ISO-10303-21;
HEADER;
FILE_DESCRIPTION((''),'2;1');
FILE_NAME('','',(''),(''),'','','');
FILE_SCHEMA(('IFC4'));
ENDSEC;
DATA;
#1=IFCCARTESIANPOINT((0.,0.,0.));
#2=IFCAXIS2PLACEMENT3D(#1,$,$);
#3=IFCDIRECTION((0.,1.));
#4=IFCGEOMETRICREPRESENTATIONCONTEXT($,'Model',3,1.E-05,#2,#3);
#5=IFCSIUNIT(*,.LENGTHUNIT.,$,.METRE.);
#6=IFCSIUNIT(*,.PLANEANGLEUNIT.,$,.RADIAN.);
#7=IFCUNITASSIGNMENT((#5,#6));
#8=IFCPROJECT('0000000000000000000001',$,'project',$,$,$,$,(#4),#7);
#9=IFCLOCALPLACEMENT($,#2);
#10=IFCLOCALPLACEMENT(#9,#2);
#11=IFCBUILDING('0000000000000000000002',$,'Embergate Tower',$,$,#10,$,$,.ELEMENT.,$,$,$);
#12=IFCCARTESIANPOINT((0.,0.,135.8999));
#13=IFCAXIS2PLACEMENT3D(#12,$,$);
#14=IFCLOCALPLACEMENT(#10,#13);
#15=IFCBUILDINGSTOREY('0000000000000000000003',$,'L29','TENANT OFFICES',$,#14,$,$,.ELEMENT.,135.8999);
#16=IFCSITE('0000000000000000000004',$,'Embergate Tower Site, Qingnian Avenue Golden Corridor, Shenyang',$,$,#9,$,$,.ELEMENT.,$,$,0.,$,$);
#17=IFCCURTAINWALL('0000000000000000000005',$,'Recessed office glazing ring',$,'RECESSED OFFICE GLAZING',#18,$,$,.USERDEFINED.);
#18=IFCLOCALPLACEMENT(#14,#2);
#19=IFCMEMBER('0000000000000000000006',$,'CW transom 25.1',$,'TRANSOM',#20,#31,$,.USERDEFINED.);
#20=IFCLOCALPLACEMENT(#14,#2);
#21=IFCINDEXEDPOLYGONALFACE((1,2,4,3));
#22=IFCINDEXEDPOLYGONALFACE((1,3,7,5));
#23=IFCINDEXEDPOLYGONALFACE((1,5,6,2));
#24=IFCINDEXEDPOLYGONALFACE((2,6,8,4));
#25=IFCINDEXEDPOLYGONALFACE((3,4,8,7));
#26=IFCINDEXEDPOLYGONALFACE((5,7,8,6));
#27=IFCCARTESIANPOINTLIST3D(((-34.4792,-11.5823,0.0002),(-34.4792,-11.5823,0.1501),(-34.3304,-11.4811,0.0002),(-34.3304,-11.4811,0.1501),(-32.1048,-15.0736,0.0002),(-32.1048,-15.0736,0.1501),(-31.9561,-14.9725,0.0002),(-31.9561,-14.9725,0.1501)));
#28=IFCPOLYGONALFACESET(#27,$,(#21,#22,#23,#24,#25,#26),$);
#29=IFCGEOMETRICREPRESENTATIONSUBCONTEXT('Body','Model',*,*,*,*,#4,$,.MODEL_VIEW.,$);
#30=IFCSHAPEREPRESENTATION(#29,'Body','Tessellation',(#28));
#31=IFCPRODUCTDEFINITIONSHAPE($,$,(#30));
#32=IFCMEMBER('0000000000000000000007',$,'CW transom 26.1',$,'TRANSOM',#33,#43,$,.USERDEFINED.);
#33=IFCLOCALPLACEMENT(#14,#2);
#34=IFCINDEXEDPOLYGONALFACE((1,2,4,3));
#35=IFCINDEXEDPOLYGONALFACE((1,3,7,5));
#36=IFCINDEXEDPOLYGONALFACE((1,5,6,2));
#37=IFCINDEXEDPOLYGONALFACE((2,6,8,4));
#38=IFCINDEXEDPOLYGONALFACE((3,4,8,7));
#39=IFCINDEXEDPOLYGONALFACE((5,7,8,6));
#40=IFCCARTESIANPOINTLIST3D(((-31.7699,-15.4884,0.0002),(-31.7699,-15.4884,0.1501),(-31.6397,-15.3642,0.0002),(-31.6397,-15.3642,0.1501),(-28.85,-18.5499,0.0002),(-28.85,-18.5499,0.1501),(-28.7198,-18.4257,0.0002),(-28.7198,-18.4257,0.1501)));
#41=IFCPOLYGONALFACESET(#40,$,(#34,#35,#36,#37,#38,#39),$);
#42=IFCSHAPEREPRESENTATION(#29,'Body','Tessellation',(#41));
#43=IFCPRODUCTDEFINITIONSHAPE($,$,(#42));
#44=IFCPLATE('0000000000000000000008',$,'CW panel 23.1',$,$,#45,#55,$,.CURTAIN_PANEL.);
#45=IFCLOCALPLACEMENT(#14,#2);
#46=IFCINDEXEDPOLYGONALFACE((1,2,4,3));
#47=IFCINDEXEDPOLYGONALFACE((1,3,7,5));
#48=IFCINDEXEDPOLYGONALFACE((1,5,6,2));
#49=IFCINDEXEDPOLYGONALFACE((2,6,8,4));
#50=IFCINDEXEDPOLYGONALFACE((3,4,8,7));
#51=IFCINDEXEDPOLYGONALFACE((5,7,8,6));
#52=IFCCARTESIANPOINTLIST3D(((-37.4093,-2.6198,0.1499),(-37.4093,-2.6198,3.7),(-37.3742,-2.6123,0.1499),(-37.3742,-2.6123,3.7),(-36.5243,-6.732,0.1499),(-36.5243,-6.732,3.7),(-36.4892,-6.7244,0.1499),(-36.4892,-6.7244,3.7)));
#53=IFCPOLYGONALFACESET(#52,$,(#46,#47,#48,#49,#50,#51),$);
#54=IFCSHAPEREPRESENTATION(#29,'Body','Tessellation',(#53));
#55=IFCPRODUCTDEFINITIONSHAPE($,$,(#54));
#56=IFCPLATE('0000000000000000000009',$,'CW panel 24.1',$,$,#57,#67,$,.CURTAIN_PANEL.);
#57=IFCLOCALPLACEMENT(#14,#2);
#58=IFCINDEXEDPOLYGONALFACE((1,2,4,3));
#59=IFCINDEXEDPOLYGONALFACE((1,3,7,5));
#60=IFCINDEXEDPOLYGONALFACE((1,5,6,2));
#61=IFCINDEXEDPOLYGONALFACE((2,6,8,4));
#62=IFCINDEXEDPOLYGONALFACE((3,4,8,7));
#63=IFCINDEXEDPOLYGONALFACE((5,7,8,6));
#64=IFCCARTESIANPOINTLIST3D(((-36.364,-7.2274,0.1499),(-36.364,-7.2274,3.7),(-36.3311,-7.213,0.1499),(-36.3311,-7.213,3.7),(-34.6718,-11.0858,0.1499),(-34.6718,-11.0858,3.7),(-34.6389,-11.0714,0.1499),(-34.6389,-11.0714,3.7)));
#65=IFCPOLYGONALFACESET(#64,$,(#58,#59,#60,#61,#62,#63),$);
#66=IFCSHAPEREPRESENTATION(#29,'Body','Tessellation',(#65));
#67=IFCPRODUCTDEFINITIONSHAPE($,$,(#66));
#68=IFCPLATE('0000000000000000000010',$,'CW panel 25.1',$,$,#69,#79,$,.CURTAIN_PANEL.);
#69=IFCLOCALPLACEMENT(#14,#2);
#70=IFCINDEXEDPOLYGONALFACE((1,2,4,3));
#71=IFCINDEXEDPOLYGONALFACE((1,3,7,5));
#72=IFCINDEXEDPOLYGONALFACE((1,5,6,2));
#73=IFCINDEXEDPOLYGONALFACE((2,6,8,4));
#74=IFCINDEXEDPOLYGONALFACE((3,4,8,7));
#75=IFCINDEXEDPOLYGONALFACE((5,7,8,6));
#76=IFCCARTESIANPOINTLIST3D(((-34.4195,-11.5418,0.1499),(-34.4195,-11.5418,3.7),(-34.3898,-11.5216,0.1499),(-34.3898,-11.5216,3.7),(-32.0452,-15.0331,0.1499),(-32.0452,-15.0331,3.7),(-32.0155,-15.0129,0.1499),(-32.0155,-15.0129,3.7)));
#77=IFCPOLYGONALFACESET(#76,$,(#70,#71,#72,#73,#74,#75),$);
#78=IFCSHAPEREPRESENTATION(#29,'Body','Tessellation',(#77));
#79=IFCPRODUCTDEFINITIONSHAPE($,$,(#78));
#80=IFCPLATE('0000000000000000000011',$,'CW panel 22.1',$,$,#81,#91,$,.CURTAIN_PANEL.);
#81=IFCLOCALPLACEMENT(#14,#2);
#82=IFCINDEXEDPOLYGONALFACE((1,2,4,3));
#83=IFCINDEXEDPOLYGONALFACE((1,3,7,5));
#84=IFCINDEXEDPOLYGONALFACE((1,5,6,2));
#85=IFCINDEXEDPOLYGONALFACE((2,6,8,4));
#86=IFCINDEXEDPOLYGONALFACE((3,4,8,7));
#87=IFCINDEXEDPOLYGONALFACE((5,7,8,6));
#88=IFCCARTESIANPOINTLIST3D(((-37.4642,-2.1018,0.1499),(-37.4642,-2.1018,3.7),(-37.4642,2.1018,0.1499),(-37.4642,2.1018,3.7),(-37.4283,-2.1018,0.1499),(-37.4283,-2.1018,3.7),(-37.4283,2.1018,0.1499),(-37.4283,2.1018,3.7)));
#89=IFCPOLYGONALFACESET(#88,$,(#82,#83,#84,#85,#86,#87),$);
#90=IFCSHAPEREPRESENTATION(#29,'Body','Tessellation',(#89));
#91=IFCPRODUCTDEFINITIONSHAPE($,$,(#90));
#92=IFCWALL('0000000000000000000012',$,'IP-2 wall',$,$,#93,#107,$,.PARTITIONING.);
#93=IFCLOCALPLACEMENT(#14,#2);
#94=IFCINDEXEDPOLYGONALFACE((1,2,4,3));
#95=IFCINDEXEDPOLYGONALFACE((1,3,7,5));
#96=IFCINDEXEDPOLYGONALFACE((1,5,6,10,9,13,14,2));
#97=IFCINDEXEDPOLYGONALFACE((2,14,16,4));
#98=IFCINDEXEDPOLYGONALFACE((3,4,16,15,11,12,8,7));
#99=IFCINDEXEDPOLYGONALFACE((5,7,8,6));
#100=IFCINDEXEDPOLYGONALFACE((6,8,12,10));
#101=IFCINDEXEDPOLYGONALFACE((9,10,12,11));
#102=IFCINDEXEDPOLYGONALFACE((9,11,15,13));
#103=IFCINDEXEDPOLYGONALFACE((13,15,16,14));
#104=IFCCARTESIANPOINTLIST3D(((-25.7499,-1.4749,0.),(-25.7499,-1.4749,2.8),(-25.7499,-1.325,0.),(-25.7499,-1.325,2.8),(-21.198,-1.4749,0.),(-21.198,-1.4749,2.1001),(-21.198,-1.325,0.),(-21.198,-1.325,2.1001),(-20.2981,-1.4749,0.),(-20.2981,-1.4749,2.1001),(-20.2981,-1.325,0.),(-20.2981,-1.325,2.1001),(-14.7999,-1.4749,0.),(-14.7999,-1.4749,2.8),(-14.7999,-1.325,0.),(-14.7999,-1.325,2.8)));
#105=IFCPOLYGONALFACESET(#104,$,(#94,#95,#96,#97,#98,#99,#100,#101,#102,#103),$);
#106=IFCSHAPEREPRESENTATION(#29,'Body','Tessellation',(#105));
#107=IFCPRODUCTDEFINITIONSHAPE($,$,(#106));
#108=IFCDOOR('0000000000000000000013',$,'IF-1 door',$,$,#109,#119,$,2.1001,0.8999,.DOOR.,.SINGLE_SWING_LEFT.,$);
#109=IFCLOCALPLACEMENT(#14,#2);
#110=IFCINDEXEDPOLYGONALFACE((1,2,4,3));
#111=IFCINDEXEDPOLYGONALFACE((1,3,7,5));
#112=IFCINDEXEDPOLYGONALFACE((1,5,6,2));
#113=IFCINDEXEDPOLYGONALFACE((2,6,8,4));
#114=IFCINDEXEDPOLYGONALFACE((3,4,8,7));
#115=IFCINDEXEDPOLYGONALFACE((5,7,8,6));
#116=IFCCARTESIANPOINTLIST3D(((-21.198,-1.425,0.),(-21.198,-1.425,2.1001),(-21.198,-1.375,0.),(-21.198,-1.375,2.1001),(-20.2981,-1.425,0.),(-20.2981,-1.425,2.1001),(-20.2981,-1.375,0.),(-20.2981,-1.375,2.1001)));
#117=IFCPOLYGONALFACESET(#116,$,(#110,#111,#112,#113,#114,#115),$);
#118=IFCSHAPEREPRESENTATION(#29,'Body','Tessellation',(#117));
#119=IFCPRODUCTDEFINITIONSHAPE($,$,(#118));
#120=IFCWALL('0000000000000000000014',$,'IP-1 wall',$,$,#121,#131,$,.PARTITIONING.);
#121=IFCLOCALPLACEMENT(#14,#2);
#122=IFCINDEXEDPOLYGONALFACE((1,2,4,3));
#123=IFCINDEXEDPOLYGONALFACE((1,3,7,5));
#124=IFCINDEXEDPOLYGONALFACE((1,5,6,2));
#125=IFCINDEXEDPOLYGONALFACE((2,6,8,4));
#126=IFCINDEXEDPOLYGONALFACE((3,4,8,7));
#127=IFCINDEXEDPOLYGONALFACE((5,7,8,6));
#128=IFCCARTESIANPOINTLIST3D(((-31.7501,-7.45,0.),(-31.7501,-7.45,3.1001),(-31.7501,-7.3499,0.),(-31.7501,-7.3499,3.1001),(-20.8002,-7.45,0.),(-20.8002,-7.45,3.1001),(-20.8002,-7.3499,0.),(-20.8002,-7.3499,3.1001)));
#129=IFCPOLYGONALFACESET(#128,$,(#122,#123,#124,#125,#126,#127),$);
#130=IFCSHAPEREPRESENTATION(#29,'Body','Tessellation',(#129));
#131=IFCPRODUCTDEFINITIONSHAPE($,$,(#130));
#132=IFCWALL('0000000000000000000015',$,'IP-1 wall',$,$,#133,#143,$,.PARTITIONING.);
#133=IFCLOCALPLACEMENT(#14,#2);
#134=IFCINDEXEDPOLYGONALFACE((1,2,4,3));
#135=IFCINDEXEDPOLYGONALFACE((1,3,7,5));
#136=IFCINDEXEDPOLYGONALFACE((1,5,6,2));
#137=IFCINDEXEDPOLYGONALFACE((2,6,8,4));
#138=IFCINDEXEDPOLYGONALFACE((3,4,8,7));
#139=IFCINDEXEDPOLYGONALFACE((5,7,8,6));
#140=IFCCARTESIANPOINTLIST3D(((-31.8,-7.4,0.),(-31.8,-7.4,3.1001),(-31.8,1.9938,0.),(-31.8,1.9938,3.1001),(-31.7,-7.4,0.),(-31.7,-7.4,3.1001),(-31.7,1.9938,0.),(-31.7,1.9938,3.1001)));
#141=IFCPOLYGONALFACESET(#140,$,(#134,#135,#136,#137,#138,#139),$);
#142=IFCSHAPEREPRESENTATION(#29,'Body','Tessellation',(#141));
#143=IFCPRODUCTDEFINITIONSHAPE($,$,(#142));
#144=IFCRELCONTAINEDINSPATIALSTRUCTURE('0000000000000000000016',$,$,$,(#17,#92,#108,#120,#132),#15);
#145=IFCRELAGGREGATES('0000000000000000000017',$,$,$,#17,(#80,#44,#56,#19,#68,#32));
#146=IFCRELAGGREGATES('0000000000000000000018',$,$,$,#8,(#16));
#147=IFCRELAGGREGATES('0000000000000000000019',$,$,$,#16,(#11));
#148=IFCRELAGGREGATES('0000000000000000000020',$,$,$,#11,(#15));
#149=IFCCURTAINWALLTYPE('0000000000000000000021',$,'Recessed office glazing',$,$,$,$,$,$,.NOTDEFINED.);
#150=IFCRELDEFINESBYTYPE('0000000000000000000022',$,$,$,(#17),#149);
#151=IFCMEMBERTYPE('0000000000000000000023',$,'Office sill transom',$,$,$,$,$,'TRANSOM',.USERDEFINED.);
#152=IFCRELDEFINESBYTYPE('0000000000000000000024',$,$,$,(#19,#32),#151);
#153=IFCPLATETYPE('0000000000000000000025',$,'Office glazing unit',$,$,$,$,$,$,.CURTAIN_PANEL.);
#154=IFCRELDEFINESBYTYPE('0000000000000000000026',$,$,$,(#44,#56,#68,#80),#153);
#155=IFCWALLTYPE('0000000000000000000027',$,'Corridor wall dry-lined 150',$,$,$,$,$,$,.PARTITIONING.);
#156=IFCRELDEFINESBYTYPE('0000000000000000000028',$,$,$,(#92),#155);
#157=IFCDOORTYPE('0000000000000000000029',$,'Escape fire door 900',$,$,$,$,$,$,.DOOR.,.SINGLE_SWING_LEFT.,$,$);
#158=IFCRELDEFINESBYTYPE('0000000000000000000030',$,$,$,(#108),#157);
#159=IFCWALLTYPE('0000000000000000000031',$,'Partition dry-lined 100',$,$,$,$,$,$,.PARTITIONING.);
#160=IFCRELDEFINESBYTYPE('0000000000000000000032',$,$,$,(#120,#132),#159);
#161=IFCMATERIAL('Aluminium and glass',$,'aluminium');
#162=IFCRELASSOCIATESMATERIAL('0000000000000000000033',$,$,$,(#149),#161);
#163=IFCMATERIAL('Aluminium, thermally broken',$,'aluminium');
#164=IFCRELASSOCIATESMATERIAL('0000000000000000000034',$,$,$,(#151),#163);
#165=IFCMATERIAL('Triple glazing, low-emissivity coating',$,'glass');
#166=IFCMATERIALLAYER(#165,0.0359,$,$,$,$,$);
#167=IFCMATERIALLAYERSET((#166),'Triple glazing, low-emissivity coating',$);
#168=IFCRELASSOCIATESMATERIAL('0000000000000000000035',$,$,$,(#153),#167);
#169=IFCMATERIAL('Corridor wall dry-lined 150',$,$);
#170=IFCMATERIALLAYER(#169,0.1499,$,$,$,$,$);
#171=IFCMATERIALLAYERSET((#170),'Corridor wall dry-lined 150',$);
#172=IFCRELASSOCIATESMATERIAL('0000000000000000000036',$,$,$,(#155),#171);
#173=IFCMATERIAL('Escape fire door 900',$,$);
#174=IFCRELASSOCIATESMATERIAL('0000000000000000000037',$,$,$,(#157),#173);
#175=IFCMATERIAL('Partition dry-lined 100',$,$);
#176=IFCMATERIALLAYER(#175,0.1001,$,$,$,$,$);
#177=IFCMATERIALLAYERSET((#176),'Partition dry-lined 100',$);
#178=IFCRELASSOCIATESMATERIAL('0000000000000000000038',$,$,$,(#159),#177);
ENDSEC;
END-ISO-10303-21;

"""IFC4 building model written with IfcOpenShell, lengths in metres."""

from ifc_helpers import new_model, si_unit, direction, frame, frame_2d, origin, origin_2d, place, context, subcontext, project, spatial, rectangle, extrude, source, transform, mapped, material, layer, layer_set, material_profile, profile_set, type_object, element, fill, aggregate, save


model = new_model("IFC4")

# Units and contexts
model_context = context("Model", 3, precision=1e-05, world=origin(), true_north=direction((0.0, 1.0)))
body_context = subcontext(model_context, "Body", "Model", "MODEL_VIEW")
ifc_project = project(units=[si_unit("LENGTHUNIT", "METRE"), si_unit("PLANEANGLEUNIT", "RADIAN")], contexts=[model_context])

# Site, building, storey
site_placement = place(None, origin())
site = spatial("IfcSite", under=ifc_project, at=site_placement, Name="Embergate Tower Site, Qingnian Avenue Golden Corridor, Shenyang", CompositionType="ELEMENT", RefElevation=0.0)
building_placement = place(site_placement, origin())
building = spatial("IfcBuilding", under=site, at=building_placement, Name="Embergate Tower", CompositionType="ELEMENT")
storey_placement = place(building_placement, frame((0.0, 0.0, 135.8999)))
storey = spatial("IfcBuildingStorey", under=building, at=storey_placement, Name="L29", Description="TENANT OFFICES", CompositionType="ELEMENT", Elevation=135.8999)

# Curtain wall, members, plates
ifc_material_1 = material(Name="Aluminium and glass", Category="aluminium")
curtain_wall_type = type_object("IfcCurtainWallType", Name="Recessed office glazing", PredefinedType="NOTDEFINED", material=ifc_material_1)
curtain_wall_placement = place(storey_placement, origin())
curtain_wall = element("IfcCurtainWall", 1, at=curtain_wall_placement, inside=storey, type_object=curtain_wall_type, Name="Recessed office glazing ring", ObjectType="RECESSED OFFICE GLAZING", PredefinedType="USERDEFINED")
ifc_material_2 = material(Name="Aluminium, thermally broken", Category="aluminium")
ifc_material_profile_1 = material_profile(ifc_material_2, rectangle(XDim=0.1799, YDim=0.1499, at=origin_2d()), Name="AL 150x180")
ifc_profile_set_1 = profile_set([ifc_material_profile_1], Name="Aluminium, thermally broken")
member_type_1 = type_object("IfcMemberType", Name="Office sill transom", ElementType="TRANSOM", PredefinedType="USERDEFINED", material=ifc_profile_set_1)
shared_shape_1 = source(origin(), body_context, "Body", "SweptSolid", [
    extrude(rectangle(XDim=0.1799, YDim=0.1499, at=origin_2d()), origin(), (0.0, 0.0, 1.0), 4.2222),
])
member_1_placement = place(storey_placement, frame((-34.4048, -11.5317, 0.0752), z_axis=(0.56235, -0.8269, 0.0), x_axis=(0.8269, 0.56235, 0.0)))
member_1 = element("IfcMember", 2, at=member_1_placement, type_object=member_type_1, Name="CW transom 25.1", ObjectType="TRANSOM", PredefinedType="USERDEFINED", context=body_context, shape_type="MappedRepresentation", body=[
    mapped(shared_shape_1, transform((0.0, 0.0, 0.0))),
])
shared_shape_2 = source(origin(), body_context, "Body", "SweptSolid", [
    extrude(rectangle(XDim=0.1799, YDim=0.1499, at=origin_2d()), origin(), (0.0, 0.0, 1.0), 4.2307),
])
member_2_placement = place(storey_placement, frame((-31.7048, -15.4263, 0.0752), z_axis=(0.690174, -0.723644, 0.0), x_axis=(0.723644, 0.690174, 0.0)))
member_2 = element("IfcMember", 3, at=member_2_placement, type_object=member_type_1, Name="CW transom 26.1", ObjectType="TRANSOM", PredefinedType="USERDEFINED", context=body_context, shape_type="MappedRepresentation", body=[
    mapped(shared_shape_2, transform((0.0, 0.0, 0.0))),
])
ifc_material_3 = material(Name="Triple glazing, low-emissivity coating", Category="glass")
ifc_layer_1 = layer(ifc_material_3, 0.0359)
ifc_layer_set_1 = layer_set([ifc_layer_1], Name="Triple glazing, low-emissivity coating")
plate_type = type_object("IfcPlateType", Name="Office glazing unit", PredefinedType="CURTAIN_PANEL", material=ifc_layer_set_1)
shared_shape_3 = source(origin(), body_context, "Body", "SweptSolid", [
    extrude(rectangle(XDim=4.2063, YDim=0.0359, at=origin_2d()), origin(), (0.0, 0.0, 1.0), 3.55),
])
plate_1_placement = place(storey_placement, frame((-36.9492, -4.6721, 0.1499), z_axis=(0.0, 0.0, 1.0), x_axis=(0.210398, -0.977616, 0.0)))
plate_1 = element("IfcPlate", 4, at=plate_1_placement, type_object=plate_type, Name="CW panel 23.1", PredefinedType="CURTAIN_PANEL", context=body_context, shape_type="MappedRepresentation", body=[
    mapped(shared_shape_3, transform((0.0, 0.0, 0.0))),
])
shared_shape_4 = source(origin(), body_context, "Body", "SweptSolid", [
    extrude(rectangle(XDim=4.2131, YDim=0.0359, at=origin_2d()), origin(), (0.0, 0.0, 1.0), 3.55),
])
plate_2_placement = place(storey_placement, frame((-35.5015, -9.1494, 0.1499), z_axis=(0.0, 0.0, 1.0), x_axis=(0.401655, -0.915791, 0.0)))
plate_2 = element("IfcPlate", 5, at=plate_2_placement, type_object=plate_type, Name="CW panel 24.1", PredefinedType="CURTAIN_PANEL", context=body_context, shape_type="MappedRepresentation", body=[
    mapped(shared_shape_4, transform((0.0, 0.0, 0.0))),
])
shared_shape_5 = source(origin(), body_context, "Body", "SweptSolid", [
    extrude(rectangle(XDim=4.2222, YDim=0.0359, at=origin_2d()), origin(), (0.0, 0.0, 1.0), 3.55),
])
plate_3_placement = place(storey_placement, frame((-33.2175, -13.2773, 0.1499), z_axis=(0.0, 0.0, 1.0), x_axis=(0.562345, -0.826903, 0.0)))
plate_3 = element("IfcPlate", 6, at=plate_3_placement, type_object=plate_type, Name="CW panel 25.1", PredefinedType="CURTAIN_PANEL", context=body_context, shape_type="MappedRepresentation", body=[
    mapped(shared_shape_5, transform((0.0, 0.0, 0.0))),
])
shared_shape_6 = source(origin(), body_context, "Body", "SweptSolid", [
    extrude(rectangle(XDim=4.2036, YDim=0.0359, at=origin_2d()), origin(), (0.0, 0.0, 1.0), 3.55),
])
plate_4_placement = place(storey_placement, frame((-37.4463, 0.0, 0.1499), z_axis=(0.0, 0.0, 1.0), x_axis=(0.0, -1.0, 0.0)))
plate_4 = element("IfcPlate", 7, at=plate_4_placement, type_object=plate_type, Name="CW panel 22.1", PredefinedType="CURTAIN_PANEL", context=body_context, shape_type="MappedRepresentation", body=[
    mapped(shared_shape_6, transform((0.0, 0.0, 0.0))),
])
aggregate(curtain_wall, [plate_4, plate_1, plate_2, member_1, plate_3, member_2])

# Wall, opening, door
ifc_material_4 = material(Name="Corridor wall dry-lined 150")
ifc_layer_2 = layer(ifc_material_4, 0.1499)
ifc_layer_set_2 = layer_set([ifc_layer_2], Name="Corridor wall dry-lined 150")
wall_type_1 = type_object("IfcWallType", Name="Corridor wall dry-lined 150", PredefinedType="PARTITIONING", material=ifc_layer_set_2)
shared_shape_7 = source(origin(), body_context, "Body", "SweptSolid", [
    extrude(rectangle(XDim=10.95, YDim=0.1499, at=frame_2d((5.4751, 0.0))), origin(), (0.0, 0.0, 1.0), 2.8),
])
wall_1_placement = place(storey_placement, frame((-25.75, -1.3999, 0.0), z_axis=(0.0, 0.0, 1.0), x_axis=(1.0, 0.0, 0.0)))
wall_1 = element("IfcWall", 8, at=wall_1_placement, inside=storey, type_object=wall_type_1, Name="IP-2 wall", PredefinedType="PARTITIONING", context=body_context, shape_type="MappedRepresentation", body=[
    mapped(shared_shape_7, transform((0.0, 0.0, 0.0))),
])
shared_shape_8 = source(origin(), body_context, "Body", "SweptSolid", [
    extrude(rectangle(XDim=0.8999, YDim=2.1001, at=frame_2d((0.45, 1.05))), frame((0.0, 0.085, 0.0), z_axis=(0.0, -1.0, 0.0), x_axis=(1.0, 0.0, 0.0)), (0.0, 0.0, 1.0), 0.1699),
])
opening_placement = place(wall_1_placement, frame((4.552, 0.0, 0.0)))
opening = element("IfcOpeningElement", 9, at=opening_placement, cuts=wall_1, PredefinedType="OPENING", context=body_context, shape_type="MappedRepresentation", body=[
    mapped(shared_shape_8, transform((0.0, 0.0, 0.0))),
])
ifc_material_5 = material(Name="Escape fire door 900")
door_type = type_object("IfcDoorType", Name="Escape fire door 900", OperationType="SINGLE_SWING_LEFT", PredefinedType="DOOR", material=ifc_material_5)
shared_shape_9 = source(origin(), body_context, "Body", "SweptSolid", [
    extrude(rectangle(XDim=0.8999, YDim=2.1001, at=frame_2d((0.45, 1.05))), frame((0.0, 0.0249, 0.0), z_axis=(0.0, -1.0, 0.0), x_axis=(1.0, 0.0, 0.0)), (0.0, 0.0, 1.0), 0.05),
])
door_placement = place(opening_placement, origin())
door = element("IfcDoor", 10, at=door_placement, inside=storey, type_object=door_type, Name="IF-1 door", OperationType="SINGLE_SWING_LEFT", OverallHeight=2.1001, OverallWidth=0.8999, PredefinedType="DOOR", context=body_context, shape_type="MappedRepresentation", body=[
    mapped(shared_shape_9, transform((0.0, 0.0, 0.0))),
])
fill(opening, door)

# Walls
ifc_material_6 = material(Name="Partition dry-lined 100")
ifc_layer_3 = layer(ifc_material_6, 0.1001)
ifc_layer_set_3 = layer_set([ifc_layer_3], Name="Partition dry-lined 100")
wall_type_2 = type_object("IfcWallType", Name="Partition dry-lined 100", PredefinedType="PARTITIONING", material=ifc_layer_set_3)
shared_shape_10 = source(origin(), body_context, "Body", "SweptSolid", [
    extrude(rectangle(XDim=10.95, YDim=0.1001, at=frame_2d((5.4751, 0.0))), origin(), (0.0, 0.0, 1.0), 3.1001),
])
wall_2_placement = place(storey_placement, frame((-20.8, -7.3999, 0.0), z_axis=(0.0, 0.0, 1.0), x_axis=(-1.0, 0.0, 0.0)))
element("IfcWall", 11, at=wall_2_placement, inside=storey, type_object=wall_type_2, Name="IP-1 wall", PredefinedType="PARTITIONING", context=body_context, shape_type="MappedRepresentation", body=[
    mapped(shared_shape_10, transform((0.0, 0.0, 0.0))),
])
shared_shape_11 = source(origin(), body_context, "Body", "SweptSolid", [
    extrude(rectangle(XDim=9.3938, YDim=0.1001, at=frame_2d((4.6968, 0.0))), origin(), (0.0, 0.0, 1.0), 3.1001),
])
wall_3_placement = place(storey_placement, frame((-31.75, -7.3999, 0.0), z_axis=(0.0, 0.0, 1.0), x_axis=(0.0, 1.0, 0.0)))
element("IfcWall", 12, at=wall_3_placement, inside=storey, type_object=wall_type_2, Name="IP-1 wall", PredefinedType="PARTITIONING", context=body_context, shape_type="MappedRepresentation", body=[
    mapped(shared_shape_11, transform((0.0, 0.0, 0.0))),
])

save(model, "model.ifc")
